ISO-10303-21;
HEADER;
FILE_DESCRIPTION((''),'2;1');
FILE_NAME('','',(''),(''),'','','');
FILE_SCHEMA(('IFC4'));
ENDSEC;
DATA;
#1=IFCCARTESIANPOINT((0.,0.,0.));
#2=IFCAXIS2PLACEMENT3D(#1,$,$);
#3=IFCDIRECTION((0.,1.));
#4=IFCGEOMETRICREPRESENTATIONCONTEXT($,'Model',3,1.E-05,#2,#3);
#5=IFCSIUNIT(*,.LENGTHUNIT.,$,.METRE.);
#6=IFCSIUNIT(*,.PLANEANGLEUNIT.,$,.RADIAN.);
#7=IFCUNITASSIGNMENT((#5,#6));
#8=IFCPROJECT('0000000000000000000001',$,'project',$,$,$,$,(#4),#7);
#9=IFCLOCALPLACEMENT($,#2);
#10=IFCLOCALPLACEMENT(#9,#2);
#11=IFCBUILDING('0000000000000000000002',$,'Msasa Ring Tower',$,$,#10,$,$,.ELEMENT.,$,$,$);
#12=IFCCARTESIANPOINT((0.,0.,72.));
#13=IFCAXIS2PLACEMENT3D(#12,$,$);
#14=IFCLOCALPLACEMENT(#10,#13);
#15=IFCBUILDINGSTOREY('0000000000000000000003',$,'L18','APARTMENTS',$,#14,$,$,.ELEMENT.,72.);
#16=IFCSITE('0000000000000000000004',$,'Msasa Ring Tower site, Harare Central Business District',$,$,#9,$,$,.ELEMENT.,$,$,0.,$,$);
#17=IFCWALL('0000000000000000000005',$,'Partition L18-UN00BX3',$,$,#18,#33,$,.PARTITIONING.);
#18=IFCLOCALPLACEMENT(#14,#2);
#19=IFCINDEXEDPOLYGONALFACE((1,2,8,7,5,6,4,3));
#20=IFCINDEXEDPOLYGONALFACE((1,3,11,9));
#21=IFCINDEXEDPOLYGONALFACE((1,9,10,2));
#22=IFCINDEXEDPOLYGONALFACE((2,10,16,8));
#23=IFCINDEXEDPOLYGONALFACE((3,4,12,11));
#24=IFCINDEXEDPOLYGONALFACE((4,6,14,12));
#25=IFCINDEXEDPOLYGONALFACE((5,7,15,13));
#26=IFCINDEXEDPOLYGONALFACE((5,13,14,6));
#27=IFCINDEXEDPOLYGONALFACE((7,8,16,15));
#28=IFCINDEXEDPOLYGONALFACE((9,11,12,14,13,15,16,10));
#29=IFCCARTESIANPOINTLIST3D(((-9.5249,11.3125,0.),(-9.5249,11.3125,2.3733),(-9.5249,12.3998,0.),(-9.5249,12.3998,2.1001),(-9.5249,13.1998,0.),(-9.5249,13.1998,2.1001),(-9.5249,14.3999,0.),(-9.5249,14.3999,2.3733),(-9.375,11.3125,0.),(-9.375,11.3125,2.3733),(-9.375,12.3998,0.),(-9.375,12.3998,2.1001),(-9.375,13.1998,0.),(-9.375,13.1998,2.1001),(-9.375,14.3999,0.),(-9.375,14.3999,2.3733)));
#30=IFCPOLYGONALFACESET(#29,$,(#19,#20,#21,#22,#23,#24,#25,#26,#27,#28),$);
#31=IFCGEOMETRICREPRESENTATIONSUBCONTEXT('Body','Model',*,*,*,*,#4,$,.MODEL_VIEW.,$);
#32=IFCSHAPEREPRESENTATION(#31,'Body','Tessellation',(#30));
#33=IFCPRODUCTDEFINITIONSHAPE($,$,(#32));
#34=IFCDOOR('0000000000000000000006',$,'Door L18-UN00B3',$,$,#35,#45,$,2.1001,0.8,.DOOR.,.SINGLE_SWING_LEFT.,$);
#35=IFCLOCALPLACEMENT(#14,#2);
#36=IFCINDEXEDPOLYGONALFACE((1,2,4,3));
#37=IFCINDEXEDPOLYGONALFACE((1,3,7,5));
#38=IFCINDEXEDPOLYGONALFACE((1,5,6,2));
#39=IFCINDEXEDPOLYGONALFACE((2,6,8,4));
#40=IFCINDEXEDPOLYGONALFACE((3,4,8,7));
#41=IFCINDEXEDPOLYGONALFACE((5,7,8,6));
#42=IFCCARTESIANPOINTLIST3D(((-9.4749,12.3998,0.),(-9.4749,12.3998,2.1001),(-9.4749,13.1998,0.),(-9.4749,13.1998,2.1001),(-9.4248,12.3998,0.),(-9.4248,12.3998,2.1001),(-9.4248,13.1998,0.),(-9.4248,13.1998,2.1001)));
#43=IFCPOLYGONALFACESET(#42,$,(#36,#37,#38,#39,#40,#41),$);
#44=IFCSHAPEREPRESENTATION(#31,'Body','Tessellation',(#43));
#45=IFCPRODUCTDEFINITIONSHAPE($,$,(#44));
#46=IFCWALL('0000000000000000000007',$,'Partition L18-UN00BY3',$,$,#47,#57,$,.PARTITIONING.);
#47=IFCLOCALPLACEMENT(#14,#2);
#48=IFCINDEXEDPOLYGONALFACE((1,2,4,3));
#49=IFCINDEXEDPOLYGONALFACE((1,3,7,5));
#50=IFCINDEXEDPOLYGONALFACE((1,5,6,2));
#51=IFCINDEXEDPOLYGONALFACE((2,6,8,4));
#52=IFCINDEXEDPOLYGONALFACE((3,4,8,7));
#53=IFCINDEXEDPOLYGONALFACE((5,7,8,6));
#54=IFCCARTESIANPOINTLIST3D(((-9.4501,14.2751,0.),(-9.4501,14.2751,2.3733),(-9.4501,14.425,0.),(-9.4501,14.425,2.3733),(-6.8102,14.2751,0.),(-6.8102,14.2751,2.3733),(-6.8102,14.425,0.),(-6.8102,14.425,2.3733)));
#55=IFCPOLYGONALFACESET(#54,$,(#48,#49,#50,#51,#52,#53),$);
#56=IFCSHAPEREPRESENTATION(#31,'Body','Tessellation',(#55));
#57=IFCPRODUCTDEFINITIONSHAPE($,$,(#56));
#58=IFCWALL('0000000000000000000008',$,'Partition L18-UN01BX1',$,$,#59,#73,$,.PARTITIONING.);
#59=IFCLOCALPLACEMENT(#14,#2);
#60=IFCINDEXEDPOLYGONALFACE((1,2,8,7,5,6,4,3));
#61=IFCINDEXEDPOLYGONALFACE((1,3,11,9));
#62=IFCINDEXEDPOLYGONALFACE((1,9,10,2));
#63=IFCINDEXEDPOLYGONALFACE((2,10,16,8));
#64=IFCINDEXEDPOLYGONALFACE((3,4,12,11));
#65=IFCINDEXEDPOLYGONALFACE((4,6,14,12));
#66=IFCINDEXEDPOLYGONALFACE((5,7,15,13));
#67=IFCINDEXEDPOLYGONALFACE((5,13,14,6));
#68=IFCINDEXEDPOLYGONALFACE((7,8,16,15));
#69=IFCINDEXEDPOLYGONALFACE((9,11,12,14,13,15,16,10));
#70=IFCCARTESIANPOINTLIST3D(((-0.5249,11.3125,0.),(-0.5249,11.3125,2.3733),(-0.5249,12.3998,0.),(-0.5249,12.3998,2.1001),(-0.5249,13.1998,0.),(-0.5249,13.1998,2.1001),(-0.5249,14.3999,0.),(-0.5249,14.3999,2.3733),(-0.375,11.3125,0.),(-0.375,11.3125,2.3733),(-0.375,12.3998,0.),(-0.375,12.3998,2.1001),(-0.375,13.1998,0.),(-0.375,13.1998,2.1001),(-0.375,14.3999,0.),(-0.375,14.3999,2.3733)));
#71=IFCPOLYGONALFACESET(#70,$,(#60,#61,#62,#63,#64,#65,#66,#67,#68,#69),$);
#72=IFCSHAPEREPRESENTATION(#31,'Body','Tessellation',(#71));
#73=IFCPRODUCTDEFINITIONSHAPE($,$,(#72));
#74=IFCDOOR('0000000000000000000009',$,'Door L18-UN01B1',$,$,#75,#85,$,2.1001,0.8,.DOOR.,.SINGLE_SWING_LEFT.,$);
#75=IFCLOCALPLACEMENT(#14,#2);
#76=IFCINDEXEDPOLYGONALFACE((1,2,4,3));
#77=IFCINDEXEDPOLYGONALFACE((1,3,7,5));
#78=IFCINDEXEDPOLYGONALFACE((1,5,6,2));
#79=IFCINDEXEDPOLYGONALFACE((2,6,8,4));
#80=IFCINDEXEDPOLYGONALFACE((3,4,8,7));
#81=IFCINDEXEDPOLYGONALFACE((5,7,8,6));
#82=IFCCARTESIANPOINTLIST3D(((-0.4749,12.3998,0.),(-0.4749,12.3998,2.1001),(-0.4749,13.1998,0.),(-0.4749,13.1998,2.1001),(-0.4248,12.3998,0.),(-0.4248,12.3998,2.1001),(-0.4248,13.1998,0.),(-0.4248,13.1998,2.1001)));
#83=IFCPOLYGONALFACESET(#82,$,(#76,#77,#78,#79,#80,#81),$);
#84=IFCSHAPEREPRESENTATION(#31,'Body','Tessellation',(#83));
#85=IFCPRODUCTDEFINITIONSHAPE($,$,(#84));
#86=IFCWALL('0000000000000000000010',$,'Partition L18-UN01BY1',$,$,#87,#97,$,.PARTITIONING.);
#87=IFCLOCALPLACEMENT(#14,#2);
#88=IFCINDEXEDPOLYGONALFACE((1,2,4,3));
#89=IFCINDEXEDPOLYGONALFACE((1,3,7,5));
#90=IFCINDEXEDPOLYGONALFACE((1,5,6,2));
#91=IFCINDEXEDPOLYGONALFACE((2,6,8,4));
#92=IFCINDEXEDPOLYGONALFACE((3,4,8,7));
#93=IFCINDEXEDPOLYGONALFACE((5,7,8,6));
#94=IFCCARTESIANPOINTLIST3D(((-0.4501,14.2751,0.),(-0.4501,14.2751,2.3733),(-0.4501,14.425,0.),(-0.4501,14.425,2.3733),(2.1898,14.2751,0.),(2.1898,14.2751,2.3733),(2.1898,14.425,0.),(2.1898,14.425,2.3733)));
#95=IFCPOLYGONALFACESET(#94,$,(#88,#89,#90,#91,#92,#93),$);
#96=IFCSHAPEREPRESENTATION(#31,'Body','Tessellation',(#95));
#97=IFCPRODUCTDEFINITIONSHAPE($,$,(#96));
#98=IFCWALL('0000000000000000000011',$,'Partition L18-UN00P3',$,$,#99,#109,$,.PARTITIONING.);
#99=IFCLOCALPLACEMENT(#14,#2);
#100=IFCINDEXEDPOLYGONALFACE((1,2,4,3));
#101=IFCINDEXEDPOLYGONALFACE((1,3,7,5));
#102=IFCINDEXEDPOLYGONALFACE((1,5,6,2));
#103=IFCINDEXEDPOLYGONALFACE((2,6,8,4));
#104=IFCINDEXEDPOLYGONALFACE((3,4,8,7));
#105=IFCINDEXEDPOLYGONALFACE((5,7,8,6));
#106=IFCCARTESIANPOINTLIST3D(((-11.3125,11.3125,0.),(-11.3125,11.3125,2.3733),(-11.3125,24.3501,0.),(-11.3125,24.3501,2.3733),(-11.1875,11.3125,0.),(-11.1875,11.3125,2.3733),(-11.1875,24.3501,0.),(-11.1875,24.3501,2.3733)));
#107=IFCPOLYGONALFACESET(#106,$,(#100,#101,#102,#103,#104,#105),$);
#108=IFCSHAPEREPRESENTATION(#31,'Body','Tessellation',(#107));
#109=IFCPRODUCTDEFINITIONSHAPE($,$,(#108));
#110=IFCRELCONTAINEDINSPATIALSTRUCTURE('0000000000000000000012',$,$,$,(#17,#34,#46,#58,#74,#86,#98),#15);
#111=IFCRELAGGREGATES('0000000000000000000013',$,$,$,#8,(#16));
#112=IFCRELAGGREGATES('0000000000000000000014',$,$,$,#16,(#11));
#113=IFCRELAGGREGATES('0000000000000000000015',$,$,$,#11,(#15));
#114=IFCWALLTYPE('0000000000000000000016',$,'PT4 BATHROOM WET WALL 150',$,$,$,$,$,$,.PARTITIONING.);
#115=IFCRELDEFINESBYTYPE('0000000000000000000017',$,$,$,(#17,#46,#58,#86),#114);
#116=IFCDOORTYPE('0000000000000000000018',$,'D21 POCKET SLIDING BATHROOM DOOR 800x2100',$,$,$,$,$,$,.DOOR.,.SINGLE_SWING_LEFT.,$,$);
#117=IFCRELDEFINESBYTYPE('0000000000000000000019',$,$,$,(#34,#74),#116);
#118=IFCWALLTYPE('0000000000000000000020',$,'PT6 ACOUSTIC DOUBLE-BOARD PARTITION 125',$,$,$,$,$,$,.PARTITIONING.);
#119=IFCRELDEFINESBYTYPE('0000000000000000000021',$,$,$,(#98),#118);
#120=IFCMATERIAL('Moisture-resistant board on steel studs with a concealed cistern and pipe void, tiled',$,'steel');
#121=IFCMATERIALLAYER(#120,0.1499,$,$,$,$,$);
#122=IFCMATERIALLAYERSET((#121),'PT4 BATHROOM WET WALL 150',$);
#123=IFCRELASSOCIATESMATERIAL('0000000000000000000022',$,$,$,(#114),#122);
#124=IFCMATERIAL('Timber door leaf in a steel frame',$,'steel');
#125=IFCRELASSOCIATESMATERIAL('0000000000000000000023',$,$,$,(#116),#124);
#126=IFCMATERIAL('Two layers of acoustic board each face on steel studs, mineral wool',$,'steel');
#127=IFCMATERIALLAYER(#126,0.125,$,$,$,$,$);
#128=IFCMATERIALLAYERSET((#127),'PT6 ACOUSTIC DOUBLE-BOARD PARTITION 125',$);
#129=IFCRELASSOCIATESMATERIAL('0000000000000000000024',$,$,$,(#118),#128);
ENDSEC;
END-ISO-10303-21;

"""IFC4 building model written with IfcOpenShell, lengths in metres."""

from ifc_helpers import new_model, si_unit, direction, frame, frame_2d, origin, place, context, subcontext, project, spatial, rectangle, extrude, material, layer, layer_set, type_object, element, fill, save


model = new_model("IFC4")

# Units and contexts
model_context = context("Model", 3, precision=1e-05, world=origin(), true_north=direction((0.0, 1.0)))
body_context = subcontext(model_context, "Body", "Model", "MODEL_VIEW")
ifc_project = project(units=[si_unit("LENGTHUNIT", "METRE"), si_unit("PLANEANGLEUNIT", "RADIAN")], contexts=[model_context])

# Site, building, storey
site_placement = place(None, origin())
site = spatial("IfcSite", under=ifc_project, at=site_placement, Name="Msasa Ring Tower site, Harare Central Business District", CompositionType="ELEMENT", RefElevation=0.0)
building_placement = place(site_placement, origin())
building = spatial("IfcBuilding", under=site, at=building_placement, Name="Msasa Ring Tower", CompositionType="ELEMENT")
storey_placement = place(building_placement, frame((0.0, 0.0, 72.0)))
storey = spatial("IfcBuildingStorey", under=building, at=storey_placement, Name="L18", Description="APARTMENTS", CompositionType="ELEMENT", Elevation=72.0)

# Wall, opening, door
ifc_material_1 = material(Name="Moisture-resistant board on steel studs with a concealed cistern and pipe void, tiled", Category="steel")
ifc_layer_1 = layer(ifc_material_1, 0.1499)
ifc_layer_set_1 = layer_set([ifc_layer_1], Name="PT4 BATHROOM WET WALL 150")
wall_type_1 = type_object("IfcWallType", Name="PT4 BATHROOM WET WALL 150", PredefinedType="PARTITIONING", material=ifc_layer_set_1)
wall_1_placement = place(storey_placement, frame((-9.45, 11.3125, 0.0), z_axis=(0.0, 0.0, 1.0), x_axis=(0.0, 1.0, 0.0)))
wall_1 = element("IfcWall", 1, at=wall_1_placement, inside=storey, type_object=wall_type_1, Name="Partition L18-UN00BX3", PredefinedType="PARTITIONING", context=body_context, shape_type="SweptSolid", body=[
    extrude(rectangle(XDim=3.0874, YDim=0.1499, at=frame_2d((1.5437, 0.0))), origin(), (0.0, 0.0, 1.0), 2.3733),
])
opening_1_placement = place(wall_1_placement, frame((1.0874, 0.0, 0.0)))
opening_1 = element("IfcOpeningElement", 2, at=opening_1_placement, cuts=wall_1, PredefinedType="OPENING", context=body_context, shape_type="SweptSolid", body=[
    extrude(rectangle(XDim=0.8, YDim=2.1001, at=frame_2d((0.3999, 1.05))), frame((0.0, 0.085, 0.0), z_axis=(0.0, -1.0, 0.0), x_axis=(1.0, 0.0, 0.0)), (0.0, 0.0, 1.0), 0.1699),
])
ifc_material_2 = material(Name="Timber door leaf in a steel frame", Category="steel")
door_type_1 = type_object("IfcDoorType", Name="D21 POCKET SLIDING BATHROOM DOOR 800x2100", OperationType="SINGLE_SWING_LEFT", PredefinedType="DOOR", material=ifc_material_2)
door_1_placement = place(opening_1_placement, origin())
door_1 = element("IfcDoor", 3, at=door_1_placement, inside=storey, type_object=door_type_1, Name="Door L18-UN00B3", OperationType="SINGLE_SWING_LEFT", OverallHeight=2.1001, OverallWidth=0.8, PredefinedType="DOOR", context=body_context, shape_type="SweptSolid", body=[
    extrude(rectangle(XDim=0.8, YDim=2.1001, at=frame_2d((0.3999, 1.05))), frame((0.0, 0.0249, 0.0), z_axis=(0.0, -1.0, 0.0), x_axis=(1.0, 0.0, 0.0)), (0.0, 0.0, 1.0), 0.05),
])
fill(opening_1, door_1)

# Wall
wall_2_placement = place(storey_placement, frame((-9.45, 14.3501, 0.0), z_axis=(0.0, 0.0, 1.0), x_axis=(1.0, 0.0, 0.0)))
element("IfcWall", 4, at=wall_2_placement, inside=storey, type_object=wall_type_1, Name="Partition L18-UN00BY3", PredefinedType="PARTITIONING", context=body_context, shape_type="SweptSolid", body=[
    extrude(rectangle(XDim=2.6399, YDim=0.1499, at=frame_2d((1.3198, 0.0))), origin(), (0.0, 0.0, 1.0), 2.3733),
])

# Wall, opening, door
wall_3_placement = place(storey_placement, frame((-0.45, 11.3125, 0.0), z_axis=(0.0, 0.0, 1.0), x_axis=(0.0, 1.0, 0.0)))
wall_3 = element("IfcWall", 5, at=wall_3_placement, inside=storey, type_object=wall_type_1, Name="Partition L18-UN01BX1", PredefinedType="PARTITIONING", context=body_context, shape_type="SweptSolid", body=[
    extrude(rectangle(XDim=3.0874, YDim=0.1499, at=frame_2d((1.5437, 0.0))), origin(), (0.0, 0.0, 1.0), 2.3733),
])
opening_2_placement = place(wall_3_placement, frame((1.0874, 0.0, 0.0)))
opening_2 = element("IfcOpeningElement", 6, at=opening_2_placement, cuts=wall_3, PredefinedType="OPENING", context=body_context, shape_type="SweptSolid", body=[
    extrude(rectangle(XDim=0.8, YDim=2.1001, at=frame_2d((0.3999, 1.05))), frame((0.0, 0.085, 0.0), z_axis=(0.0, -1.0, 0.0), x_axis=(1.0, 0.0, 0.0)), (0.0, 0.0, 1.0), 0.1699),
])
door_2_placement = place(opening_2_placement, origin())
door_2 = element("IfcDoor", 7, at=door_2_placement, inside=storey, type_object=door_type_1, Name="Door L18-UN01B1", OperationType="SINGLE_SWING_LEFT", OverallHeight=2.1001, OverallWidth=0.8, PredefinedType="DOOR", context=body_context, shape_type="SweptSolid", body=[
    extrude(rectangle(XDim=0.8, YDim=2.1001, at=frame_2d((0.3999, 1.05))), frame((0.0, 0.0249, 0.0), z_axis=(0.0, -1.0, 0.0), x_axis=(1.0, 0.0, 0.0)), (0.0, 0.0, 1.0), 0.05),
])
fill(opening_2, door_2)

# Walls
wall_4_placement = place(storey_placement, frame((-0.45, 14.3501, 0.0), z_axis=(0.0, 0.0, 1.0), x_axis=(1.0, 0.0, 0.0)))
element("IfcWall", 8, at=wall_4_placement, inside=storey, type_object=wall_type_1, Name="Partition L18-UN01BY1", PredefinedType="PARTITIONING", context=body_context, shape_type="SweptSolid", body=[
    extrude(rectangle(XDim=2.6399, YDim=0.1499, at=frame_2d((1.3198, 0.0))), origin(), (0.0, 0.0, 1.0), 2.3733),
])
ifc_material_3 = material(Name="Two layers of acoustic board each face on steel studs, mineral wool", Category="steel")
ifc_layer_2 = layer(ifc_material_3, 0.125)
ifc_layer_set_2 = layer_set([ifc_layer_2], Name="PT6 ACOUSTIC DOUBLE-BOARD PARTITION 125")
wall_type_2 = type_object("IfcWallType", Name="PT6 ACOUSTIC DOUBLE-BOARD PARTITION 125", PredefinedType="PARTITIONING", material=ifc_layer_set_2)
wall_5_placement = place(storey_placement, frame((-11.25, 11.3125, 0.0), z_axis=(0.0, 0.0, 1.0), x_axis=(0.0, 1.0, 0.0)))
element("IfcWall", 9, at=wall_5_placement, inside=storey, type_object=wall_type_2, Name="Partition L18-UN00P3", PredefinedType="PARTITIONING", context=body_context, shape_type="SweptSolid", body=[
    extrude(rectangle(XDim=13.0376, YDim=0.125, at=frame_2d((6.5188, 0.0))), origin(), (0.0, 0.0, 1.0), 2.3733),
])

save(model, "model.ifc")
